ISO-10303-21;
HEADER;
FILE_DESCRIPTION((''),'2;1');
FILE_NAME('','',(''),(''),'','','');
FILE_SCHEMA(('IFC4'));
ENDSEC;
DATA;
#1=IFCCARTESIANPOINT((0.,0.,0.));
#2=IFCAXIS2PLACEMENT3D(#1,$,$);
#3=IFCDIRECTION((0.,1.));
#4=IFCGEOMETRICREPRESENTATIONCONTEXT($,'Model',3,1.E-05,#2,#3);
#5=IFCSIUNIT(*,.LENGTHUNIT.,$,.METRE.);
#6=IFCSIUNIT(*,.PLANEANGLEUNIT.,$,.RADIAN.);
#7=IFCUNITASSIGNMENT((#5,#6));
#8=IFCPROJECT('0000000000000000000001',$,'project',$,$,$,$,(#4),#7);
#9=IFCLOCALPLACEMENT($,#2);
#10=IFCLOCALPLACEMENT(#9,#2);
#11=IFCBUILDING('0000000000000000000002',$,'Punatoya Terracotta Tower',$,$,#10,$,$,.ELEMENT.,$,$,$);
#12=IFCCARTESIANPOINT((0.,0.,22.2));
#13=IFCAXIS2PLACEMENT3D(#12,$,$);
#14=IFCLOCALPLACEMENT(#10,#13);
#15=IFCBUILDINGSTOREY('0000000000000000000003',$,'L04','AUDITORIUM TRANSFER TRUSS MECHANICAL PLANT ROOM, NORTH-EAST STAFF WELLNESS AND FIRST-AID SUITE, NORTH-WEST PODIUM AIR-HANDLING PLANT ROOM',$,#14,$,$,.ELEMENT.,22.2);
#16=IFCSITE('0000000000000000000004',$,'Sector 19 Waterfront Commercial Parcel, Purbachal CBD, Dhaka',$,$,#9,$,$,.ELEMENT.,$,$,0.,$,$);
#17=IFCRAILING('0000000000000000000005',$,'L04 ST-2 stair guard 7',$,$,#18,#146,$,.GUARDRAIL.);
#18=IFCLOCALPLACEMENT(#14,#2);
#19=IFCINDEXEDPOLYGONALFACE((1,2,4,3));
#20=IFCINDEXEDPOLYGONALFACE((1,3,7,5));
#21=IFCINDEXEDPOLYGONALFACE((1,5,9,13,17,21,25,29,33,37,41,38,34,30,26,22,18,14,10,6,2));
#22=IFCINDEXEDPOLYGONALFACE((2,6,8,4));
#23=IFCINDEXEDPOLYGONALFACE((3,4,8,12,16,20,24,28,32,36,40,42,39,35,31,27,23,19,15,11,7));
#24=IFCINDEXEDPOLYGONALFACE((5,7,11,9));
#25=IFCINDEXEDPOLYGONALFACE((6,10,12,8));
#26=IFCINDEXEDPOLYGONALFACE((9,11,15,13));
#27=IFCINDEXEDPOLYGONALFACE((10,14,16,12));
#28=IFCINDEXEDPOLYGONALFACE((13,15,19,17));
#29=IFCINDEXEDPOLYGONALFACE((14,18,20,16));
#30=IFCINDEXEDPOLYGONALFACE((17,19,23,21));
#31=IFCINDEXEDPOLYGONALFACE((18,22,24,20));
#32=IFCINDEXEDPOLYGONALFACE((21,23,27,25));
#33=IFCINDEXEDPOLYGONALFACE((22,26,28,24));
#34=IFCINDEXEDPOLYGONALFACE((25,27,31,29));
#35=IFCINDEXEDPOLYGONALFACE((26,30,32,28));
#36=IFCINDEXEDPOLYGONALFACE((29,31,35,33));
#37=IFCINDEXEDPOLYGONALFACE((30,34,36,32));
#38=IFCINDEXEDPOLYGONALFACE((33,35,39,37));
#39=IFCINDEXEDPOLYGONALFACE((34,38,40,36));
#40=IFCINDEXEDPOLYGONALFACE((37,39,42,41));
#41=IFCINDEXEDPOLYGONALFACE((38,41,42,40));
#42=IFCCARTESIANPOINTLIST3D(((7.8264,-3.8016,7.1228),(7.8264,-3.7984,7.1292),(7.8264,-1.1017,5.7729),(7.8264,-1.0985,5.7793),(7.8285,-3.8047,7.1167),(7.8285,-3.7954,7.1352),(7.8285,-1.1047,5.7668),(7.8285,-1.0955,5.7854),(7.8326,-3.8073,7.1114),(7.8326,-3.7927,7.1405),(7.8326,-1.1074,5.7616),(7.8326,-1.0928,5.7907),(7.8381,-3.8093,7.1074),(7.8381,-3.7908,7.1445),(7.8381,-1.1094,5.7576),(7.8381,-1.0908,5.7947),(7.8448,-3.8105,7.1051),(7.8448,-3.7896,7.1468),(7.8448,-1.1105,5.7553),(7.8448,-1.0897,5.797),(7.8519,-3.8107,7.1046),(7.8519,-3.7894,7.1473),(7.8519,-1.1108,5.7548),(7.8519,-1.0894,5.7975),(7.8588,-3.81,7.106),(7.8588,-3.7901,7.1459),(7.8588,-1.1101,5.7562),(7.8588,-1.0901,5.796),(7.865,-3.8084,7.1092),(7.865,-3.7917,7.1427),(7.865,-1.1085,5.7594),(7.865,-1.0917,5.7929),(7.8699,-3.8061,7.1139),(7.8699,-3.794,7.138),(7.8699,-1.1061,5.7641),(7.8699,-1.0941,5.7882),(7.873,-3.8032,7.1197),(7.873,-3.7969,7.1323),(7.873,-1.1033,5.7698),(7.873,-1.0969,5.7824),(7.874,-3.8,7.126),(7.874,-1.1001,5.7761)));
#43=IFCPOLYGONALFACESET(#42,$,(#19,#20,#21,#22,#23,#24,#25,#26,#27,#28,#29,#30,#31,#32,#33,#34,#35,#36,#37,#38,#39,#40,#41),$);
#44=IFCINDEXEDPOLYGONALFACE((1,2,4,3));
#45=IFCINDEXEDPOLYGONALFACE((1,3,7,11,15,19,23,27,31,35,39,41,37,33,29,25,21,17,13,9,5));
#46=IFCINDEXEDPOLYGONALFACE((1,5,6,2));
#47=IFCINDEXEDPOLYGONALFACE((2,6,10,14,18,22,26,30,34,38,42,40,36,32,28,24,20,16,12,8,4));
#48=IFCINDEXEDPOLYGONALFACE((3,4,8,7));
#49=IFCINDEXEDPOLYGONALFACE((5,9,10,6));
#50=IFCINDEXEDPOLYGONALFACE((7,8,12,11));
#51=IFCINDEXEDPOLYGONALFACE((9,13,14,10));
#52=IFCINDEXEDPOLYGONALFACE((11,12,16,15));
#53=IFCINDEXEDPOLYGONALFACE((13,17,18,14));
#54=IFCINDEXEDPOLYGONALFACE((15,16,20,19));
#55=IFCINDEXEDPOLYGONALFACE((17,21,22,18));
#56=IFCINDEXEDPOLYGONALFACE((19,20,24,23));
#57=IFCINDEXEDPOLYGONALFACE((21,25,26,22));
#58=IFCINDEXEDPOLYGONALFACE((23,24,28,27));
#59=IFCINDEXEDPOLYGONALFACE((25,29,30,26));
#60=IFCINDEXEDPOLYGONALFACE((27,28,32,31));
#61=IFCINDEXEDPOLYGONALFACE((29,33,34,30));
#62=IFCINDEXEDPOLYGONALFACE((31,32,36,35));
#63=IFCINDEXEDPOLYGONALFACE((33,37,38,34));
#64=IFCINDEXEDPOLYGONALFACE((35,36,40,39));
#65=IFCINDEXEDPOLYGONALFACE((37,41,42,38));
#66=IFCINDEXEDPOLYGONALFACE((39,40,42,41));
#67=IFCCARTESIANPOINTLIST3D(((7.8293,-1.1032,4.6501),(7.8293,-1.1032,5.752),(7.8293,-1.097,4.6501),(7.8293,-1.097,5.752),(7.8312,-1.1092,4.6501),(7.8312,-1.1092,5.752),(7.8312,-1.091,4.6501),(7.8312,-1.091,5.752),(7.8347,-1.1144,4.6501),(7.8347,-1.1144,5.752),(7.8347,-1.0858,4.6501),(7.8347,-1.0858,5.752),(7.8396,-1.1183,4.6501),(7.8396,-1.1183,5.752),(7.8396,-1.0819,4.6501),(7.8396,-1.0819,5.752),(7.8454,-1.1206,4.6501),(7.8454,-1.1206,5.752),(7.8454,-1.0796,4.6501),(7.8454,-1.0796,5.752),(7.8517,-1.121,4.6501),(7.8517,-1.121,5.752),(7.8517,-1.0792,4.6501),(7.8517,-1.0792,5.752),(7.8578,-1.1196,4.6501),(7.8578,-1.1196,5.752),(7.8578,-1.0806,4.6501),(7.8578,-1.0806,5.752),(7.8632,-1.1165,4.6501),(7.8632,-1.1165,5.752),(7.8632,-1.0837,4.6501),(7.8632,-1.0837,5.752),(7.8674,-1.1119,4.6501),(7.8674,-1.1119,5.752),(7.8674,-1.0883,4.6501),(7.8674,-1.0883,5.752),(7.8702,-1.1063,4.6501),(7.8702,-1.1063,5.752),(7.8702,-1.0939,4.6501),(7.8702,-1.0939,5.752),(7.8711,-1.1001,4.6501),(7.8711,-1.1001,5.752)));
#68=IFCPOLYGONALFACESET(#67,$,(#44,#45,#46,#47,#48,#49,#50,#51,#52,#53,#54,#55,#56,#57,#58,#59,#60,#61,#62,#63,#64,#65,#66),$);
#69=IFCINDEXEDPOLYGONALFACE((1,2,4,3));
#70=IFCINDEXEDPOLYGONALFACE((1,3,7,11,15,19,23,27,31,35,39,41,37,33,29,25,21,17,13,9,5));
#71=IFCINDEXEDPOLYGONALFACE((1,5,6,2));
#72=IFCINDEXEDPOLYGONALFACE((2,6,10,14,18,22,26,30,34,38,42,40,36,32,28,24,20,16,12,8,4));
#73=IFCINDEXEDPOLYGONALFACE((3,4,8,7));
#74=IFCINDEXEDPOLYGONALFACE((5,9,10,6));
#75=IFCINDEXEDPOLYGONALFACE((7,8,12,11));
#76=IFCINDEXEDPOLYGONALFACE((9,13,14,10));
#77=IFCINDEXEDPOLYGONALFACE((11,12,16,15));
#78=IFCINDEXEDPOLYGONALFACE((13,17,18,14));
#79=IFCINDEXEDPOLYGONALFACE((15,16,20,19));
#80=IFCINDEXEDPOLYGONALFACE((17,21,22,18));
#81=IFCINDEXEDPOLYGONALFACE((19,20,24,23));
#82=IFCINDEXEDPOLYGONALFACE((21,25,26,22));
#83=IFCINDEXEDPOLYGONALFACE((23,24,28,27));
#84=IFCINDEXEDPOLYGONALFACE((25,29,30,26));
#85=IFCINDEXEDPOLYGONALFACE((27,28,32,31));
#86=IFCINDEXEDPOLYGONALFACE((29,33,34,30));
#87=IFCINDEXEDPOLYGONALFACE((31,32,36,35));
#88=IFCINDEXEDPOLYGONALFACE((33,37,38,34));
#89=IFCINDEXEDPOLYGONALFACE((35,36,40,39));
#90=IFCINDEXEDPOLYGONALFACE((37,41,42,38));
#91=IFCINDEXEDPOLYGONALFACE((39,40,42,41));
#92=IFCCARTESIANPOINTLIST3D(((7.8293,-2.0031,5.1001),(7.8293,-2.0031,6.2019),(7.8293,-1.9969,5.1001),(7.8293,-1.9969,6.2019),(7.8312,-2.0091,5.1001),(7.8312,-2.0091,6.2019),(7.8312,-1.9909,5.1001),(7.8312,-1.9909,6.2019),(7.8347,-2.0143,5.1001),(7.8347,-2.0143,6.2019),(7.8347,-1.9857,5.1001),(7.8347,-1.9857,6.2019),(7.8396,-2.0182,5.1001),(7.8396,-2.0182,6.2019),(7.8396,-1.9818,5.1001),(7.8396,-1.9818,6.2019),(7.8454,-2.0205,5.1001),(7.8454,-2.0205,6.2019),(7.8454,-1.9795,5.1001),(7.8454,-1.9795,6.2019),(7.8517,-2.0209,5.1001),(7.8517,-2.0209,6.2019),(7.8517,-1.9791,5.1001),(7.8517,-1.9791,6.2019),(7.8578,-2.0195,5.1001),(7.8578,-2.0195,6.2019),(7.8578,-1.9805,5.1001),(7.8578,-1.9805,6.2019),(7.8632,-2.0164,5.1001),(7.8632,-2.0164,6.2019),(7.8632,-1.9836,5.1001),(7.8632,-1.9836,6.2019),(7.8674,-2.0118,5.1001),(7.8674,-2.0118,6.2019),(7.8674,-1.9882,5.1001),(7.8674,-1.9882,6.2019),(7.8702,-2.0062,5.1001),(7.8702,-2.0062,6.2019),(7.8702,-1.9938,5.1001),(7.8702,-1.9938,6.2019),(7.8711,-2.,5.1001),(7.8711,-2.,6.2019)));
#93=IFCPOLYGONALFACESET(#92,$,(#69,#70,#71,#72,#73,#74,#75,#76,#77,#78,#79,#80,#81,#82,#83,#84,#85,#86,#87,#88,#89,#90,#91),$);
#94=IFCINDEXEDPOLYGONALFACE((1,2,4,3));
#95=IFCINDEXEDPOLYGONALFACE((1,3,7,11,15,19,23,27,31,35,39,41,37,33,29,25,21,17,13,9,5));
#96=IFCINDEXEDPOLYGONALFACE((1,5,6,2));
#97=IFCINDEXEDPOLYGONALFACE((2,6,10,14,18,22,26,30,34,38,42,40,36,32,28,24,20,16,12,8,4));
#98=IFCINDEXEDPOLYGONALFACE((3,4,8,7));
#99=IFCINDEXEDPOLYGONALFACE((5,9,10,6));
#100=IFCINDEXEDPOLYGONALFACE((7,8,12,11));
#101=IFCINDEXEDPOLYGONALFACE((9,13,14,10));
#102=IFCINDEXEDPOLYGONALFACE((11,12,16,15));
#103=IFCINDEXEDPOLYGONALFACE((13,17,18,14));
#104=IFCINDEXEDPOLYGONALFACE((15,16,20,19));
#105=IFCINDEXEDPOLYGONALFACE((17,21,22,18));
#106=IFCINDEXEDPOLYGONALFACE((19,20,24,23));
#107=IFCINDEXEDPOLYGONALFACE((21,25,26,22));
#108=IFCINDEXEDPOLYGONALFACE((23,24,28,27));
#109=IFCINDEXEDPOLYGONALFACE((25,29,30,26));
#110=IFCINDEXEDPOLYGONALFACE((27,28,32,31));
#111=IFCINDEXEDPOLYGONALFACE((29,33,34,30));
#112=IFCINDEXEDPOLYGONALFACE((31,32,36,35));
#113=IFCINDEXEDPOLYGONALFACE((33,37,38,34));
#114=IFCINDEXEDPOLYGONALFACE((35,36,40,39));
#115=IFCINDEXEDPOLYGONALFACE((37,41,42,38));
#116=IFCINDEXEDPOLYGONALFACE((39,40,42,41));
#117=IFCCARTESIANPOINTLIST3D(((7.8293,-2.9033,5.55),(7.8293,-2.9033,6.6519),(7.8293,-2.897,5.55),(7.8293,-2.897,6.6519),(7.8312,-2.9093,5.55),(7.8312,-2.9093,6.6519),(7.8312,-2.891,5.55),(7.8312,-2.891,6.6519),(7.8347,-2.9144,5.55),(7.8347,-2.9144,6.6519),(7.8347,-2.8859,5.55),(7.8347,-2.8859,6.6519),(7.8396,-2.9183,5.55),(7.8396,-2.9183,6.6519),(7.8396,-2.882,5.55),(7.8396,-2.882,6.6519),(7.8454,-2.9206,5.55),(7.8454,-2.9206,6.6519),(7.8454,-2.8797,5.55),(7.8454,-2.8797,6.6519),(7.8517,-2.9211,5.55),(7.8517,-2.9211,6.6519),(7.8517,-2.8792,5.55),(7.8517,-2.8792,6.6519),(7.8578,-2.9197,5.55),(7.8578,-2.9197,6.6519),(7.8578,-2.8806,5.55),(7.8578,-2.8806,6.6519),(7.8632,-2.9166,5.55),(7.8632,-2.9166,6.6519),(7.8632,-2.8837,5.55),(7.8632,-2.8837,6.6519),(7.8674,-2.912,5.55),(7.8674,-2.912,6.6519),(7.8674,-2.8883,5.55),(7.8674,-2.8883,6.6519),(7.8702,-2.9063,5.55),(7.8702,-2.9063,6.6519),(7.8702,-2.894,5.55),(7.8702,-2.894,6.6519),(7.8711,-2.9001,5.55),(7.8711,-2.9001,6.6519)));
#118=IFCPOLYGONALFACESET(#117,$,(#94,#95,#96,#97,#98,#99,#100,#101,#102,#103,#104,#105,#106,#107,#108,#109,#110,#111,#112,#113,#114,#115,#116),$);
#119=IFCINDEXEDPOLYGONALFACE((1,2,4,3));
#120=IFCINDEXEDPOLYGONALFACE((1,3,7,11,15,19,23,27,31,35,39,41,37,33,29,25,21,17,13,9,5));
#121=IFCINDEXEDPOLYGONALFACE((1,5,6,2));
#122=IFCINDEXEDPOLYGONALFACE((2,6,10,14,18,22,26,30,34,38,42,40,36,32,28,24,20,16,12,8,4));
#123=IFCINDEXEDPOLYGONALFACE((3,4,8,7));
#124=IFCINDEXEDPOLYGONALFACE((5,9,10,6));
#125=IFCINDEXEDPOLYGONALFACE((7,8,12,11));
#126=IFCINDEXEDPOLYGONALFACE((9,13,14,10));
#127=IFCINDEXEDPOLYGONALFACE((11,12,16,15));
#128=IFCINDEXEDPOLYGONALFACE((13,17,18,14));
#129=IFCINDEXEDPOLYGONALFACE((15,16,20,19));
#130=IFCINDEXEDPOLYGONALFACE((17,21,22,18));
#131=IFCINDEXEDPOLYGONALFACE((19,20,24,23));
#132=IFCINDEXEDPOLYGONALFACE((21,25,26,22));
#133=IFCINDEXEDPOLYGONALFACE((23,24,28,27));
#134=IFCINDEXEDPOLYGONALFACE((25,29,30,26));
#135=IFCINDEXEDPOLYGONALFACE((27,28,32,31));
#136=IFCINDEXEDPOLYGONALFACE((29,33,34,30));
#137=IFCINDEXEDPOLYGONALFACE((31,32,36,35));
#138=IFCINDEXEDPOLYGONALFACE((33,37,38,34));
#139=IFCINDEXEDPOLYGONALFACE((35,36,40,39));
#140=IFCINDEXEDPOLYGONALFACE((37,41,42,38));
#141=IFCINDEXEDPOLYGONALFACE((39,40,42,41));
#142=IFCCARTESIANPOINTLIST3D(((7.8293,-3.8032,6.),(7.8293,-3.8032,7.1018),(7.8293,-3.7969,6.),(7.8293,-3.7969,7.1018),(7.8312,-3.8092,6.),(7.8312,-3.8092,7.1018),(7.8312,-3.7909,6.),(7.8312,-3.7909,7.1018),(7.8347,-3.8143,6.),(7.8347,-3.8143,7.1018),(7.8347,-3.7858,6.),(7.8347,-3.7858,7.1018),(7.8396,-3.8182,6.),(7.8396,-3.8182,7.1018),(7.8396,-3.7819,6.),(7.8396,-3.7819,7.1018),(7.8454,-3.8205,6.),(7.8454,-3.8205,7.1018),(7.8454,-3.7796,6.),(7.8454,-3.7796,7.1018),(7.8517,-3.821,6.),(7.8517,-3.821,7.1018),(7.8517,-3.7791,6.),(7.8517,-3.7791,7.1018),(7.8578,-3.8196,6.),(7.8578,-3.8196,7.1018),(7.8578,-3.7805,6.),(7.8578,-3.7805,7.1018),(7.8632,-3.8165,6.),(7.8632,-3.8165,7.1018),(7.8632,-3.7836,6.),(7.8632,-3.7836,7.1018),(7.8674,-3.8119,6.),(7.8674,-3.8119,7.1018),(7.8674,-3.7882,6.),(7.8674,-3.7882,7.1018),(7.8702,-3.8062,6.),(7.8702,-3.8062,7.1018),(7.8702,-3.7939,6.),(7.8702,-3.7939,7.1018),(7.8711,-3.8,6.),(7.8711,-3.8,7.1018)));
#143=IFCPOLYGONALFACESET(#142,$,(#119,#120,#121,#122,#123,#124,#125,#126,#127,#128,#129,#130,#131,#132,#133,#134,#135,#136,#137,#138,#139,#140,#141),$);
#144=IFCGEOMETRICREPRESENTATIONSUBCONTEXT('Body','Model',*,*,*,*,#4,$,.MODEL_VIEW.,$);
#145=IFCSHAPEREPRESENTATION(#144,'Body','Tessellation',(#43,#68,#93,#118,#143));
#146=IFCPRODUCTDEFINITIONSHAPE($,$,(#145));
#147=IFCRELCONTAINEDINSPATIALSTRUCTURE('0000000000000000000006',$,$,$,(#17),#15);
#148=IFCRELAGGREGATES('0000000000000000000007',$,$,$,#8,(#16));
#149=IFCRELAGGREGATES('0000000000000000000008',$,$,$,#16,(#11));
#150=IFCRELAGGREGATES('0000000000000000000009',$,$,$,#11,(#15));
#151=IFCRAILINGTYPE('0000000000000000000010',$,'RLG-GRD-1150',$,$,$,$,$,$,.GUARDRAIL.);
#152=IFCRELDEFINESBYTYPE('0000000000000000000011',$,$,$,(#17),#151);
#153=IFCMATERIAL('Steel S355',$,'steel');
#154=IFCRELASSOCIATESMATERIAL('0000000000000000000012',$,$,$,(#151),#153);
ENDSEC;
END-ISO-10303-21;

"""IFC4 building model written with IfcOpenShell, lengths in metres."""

from ifc_helpers import new_model, si_unit, direction, frame, origin, origin_2d, place, context, subcontext, project, spatial, circle, extrude, material, type_object, element, save


model = new_model("IFC4")

# Units and contexts
model_context = context("Model", 3, precision=1e-05, world=origin(), true_north=direction((0.0, 1.0)))
body_context = subcontext(model_context, "Body", "Model", "MODEL_VIEW")
ifc_project = project(units=[si_unit("LENGTHUNIT", "METRE"), si_unit("PLANEANGLEUNIT", "RADIAN")], contexts=[model_context])

# Site, building, storey
site_placement = place(None, origin())
site = spatial("IfcSite", under=ifc_project, at=site_placement, Name="Sector 19 Waterfront Commercial Parcel, Purbachal CBD, Dhaka", CompositionType="ELEMENT", RefElevation=0.0)
building_placement = place(site_placement, origin())
building = spatial("IfcBuilding", under=site, at=building_placement, Name="Punatoya Terracotta Tower", CompositionType="ELEMENT")
storey_placement = place(building_placement, frame((0.0, 0.0, 22.2)))
storey = spatial("IfcBuildingStorey", under=building, at=storey_placement, Name="L04", Description="AUDITORIUM TRANSFER TRUSS MECHANICAL PLANT ROOM, NORTH-EAST STAFF WELLNESS AND FIRST-AID SUITE, NORTH-WEST PODIUM AIR-HANDLING PLANT ROOM", CompositionType="ELEMENT", Elevation=22.2)

# Shared definitions
ifc_material_1 = material(Name="Steel S355", Category="steel")

# Railing
railing_type_1 = type_object("IfcRailingType", Name="RLG-GRD-1150", PredefinedType="GUARDRAIL", material=ifc_material_1)
railing_1_placement = place(storey_placement, frame((7.8501, -1.1001, 4.6501)))
element("IfcRailing", 1, at=railing_1_placement, inside=storey, type_object=railing_type_1, Name="L04 ST-2 stair guard 7", PredefinedType="GUARDRAIL", context=body_context, shape_type="SweptSolid", body=[
    extrude(circle(Radius=0.0239, at=origin_2d()), frame((0.0, 0.0, 1.126), z_axis=(0.0, -0.894443, 0.447181), x_axis=(1.0, 0.0, 0.0)), (0.0, 0.0, 1.0), 3.0186),
    extrude(circle(Radius=0.021, at=origin_2d()), origin(), (0.0, 0.0, 1.0), 1.1018),
    extrude(circle(Radius=0.021, at=origin_2d()), frame((0.0, -0.8999, 0.45)), (0.0, 0.0, 1.0), 1.1018),
    extrude(circle(Radius=0.021, at=origin_2d()), frame((0.0, -1.8, 0.8999)), (0.0, 0.0, 1.0), 1.1018),
    extrude(circle(Radius=0.021, at=origin_2d()), frame((0.0, -2.7, 1.3499)), (0.0, 0.0, 1.0), 1.1018),
])

save(model, "model.ifc")
